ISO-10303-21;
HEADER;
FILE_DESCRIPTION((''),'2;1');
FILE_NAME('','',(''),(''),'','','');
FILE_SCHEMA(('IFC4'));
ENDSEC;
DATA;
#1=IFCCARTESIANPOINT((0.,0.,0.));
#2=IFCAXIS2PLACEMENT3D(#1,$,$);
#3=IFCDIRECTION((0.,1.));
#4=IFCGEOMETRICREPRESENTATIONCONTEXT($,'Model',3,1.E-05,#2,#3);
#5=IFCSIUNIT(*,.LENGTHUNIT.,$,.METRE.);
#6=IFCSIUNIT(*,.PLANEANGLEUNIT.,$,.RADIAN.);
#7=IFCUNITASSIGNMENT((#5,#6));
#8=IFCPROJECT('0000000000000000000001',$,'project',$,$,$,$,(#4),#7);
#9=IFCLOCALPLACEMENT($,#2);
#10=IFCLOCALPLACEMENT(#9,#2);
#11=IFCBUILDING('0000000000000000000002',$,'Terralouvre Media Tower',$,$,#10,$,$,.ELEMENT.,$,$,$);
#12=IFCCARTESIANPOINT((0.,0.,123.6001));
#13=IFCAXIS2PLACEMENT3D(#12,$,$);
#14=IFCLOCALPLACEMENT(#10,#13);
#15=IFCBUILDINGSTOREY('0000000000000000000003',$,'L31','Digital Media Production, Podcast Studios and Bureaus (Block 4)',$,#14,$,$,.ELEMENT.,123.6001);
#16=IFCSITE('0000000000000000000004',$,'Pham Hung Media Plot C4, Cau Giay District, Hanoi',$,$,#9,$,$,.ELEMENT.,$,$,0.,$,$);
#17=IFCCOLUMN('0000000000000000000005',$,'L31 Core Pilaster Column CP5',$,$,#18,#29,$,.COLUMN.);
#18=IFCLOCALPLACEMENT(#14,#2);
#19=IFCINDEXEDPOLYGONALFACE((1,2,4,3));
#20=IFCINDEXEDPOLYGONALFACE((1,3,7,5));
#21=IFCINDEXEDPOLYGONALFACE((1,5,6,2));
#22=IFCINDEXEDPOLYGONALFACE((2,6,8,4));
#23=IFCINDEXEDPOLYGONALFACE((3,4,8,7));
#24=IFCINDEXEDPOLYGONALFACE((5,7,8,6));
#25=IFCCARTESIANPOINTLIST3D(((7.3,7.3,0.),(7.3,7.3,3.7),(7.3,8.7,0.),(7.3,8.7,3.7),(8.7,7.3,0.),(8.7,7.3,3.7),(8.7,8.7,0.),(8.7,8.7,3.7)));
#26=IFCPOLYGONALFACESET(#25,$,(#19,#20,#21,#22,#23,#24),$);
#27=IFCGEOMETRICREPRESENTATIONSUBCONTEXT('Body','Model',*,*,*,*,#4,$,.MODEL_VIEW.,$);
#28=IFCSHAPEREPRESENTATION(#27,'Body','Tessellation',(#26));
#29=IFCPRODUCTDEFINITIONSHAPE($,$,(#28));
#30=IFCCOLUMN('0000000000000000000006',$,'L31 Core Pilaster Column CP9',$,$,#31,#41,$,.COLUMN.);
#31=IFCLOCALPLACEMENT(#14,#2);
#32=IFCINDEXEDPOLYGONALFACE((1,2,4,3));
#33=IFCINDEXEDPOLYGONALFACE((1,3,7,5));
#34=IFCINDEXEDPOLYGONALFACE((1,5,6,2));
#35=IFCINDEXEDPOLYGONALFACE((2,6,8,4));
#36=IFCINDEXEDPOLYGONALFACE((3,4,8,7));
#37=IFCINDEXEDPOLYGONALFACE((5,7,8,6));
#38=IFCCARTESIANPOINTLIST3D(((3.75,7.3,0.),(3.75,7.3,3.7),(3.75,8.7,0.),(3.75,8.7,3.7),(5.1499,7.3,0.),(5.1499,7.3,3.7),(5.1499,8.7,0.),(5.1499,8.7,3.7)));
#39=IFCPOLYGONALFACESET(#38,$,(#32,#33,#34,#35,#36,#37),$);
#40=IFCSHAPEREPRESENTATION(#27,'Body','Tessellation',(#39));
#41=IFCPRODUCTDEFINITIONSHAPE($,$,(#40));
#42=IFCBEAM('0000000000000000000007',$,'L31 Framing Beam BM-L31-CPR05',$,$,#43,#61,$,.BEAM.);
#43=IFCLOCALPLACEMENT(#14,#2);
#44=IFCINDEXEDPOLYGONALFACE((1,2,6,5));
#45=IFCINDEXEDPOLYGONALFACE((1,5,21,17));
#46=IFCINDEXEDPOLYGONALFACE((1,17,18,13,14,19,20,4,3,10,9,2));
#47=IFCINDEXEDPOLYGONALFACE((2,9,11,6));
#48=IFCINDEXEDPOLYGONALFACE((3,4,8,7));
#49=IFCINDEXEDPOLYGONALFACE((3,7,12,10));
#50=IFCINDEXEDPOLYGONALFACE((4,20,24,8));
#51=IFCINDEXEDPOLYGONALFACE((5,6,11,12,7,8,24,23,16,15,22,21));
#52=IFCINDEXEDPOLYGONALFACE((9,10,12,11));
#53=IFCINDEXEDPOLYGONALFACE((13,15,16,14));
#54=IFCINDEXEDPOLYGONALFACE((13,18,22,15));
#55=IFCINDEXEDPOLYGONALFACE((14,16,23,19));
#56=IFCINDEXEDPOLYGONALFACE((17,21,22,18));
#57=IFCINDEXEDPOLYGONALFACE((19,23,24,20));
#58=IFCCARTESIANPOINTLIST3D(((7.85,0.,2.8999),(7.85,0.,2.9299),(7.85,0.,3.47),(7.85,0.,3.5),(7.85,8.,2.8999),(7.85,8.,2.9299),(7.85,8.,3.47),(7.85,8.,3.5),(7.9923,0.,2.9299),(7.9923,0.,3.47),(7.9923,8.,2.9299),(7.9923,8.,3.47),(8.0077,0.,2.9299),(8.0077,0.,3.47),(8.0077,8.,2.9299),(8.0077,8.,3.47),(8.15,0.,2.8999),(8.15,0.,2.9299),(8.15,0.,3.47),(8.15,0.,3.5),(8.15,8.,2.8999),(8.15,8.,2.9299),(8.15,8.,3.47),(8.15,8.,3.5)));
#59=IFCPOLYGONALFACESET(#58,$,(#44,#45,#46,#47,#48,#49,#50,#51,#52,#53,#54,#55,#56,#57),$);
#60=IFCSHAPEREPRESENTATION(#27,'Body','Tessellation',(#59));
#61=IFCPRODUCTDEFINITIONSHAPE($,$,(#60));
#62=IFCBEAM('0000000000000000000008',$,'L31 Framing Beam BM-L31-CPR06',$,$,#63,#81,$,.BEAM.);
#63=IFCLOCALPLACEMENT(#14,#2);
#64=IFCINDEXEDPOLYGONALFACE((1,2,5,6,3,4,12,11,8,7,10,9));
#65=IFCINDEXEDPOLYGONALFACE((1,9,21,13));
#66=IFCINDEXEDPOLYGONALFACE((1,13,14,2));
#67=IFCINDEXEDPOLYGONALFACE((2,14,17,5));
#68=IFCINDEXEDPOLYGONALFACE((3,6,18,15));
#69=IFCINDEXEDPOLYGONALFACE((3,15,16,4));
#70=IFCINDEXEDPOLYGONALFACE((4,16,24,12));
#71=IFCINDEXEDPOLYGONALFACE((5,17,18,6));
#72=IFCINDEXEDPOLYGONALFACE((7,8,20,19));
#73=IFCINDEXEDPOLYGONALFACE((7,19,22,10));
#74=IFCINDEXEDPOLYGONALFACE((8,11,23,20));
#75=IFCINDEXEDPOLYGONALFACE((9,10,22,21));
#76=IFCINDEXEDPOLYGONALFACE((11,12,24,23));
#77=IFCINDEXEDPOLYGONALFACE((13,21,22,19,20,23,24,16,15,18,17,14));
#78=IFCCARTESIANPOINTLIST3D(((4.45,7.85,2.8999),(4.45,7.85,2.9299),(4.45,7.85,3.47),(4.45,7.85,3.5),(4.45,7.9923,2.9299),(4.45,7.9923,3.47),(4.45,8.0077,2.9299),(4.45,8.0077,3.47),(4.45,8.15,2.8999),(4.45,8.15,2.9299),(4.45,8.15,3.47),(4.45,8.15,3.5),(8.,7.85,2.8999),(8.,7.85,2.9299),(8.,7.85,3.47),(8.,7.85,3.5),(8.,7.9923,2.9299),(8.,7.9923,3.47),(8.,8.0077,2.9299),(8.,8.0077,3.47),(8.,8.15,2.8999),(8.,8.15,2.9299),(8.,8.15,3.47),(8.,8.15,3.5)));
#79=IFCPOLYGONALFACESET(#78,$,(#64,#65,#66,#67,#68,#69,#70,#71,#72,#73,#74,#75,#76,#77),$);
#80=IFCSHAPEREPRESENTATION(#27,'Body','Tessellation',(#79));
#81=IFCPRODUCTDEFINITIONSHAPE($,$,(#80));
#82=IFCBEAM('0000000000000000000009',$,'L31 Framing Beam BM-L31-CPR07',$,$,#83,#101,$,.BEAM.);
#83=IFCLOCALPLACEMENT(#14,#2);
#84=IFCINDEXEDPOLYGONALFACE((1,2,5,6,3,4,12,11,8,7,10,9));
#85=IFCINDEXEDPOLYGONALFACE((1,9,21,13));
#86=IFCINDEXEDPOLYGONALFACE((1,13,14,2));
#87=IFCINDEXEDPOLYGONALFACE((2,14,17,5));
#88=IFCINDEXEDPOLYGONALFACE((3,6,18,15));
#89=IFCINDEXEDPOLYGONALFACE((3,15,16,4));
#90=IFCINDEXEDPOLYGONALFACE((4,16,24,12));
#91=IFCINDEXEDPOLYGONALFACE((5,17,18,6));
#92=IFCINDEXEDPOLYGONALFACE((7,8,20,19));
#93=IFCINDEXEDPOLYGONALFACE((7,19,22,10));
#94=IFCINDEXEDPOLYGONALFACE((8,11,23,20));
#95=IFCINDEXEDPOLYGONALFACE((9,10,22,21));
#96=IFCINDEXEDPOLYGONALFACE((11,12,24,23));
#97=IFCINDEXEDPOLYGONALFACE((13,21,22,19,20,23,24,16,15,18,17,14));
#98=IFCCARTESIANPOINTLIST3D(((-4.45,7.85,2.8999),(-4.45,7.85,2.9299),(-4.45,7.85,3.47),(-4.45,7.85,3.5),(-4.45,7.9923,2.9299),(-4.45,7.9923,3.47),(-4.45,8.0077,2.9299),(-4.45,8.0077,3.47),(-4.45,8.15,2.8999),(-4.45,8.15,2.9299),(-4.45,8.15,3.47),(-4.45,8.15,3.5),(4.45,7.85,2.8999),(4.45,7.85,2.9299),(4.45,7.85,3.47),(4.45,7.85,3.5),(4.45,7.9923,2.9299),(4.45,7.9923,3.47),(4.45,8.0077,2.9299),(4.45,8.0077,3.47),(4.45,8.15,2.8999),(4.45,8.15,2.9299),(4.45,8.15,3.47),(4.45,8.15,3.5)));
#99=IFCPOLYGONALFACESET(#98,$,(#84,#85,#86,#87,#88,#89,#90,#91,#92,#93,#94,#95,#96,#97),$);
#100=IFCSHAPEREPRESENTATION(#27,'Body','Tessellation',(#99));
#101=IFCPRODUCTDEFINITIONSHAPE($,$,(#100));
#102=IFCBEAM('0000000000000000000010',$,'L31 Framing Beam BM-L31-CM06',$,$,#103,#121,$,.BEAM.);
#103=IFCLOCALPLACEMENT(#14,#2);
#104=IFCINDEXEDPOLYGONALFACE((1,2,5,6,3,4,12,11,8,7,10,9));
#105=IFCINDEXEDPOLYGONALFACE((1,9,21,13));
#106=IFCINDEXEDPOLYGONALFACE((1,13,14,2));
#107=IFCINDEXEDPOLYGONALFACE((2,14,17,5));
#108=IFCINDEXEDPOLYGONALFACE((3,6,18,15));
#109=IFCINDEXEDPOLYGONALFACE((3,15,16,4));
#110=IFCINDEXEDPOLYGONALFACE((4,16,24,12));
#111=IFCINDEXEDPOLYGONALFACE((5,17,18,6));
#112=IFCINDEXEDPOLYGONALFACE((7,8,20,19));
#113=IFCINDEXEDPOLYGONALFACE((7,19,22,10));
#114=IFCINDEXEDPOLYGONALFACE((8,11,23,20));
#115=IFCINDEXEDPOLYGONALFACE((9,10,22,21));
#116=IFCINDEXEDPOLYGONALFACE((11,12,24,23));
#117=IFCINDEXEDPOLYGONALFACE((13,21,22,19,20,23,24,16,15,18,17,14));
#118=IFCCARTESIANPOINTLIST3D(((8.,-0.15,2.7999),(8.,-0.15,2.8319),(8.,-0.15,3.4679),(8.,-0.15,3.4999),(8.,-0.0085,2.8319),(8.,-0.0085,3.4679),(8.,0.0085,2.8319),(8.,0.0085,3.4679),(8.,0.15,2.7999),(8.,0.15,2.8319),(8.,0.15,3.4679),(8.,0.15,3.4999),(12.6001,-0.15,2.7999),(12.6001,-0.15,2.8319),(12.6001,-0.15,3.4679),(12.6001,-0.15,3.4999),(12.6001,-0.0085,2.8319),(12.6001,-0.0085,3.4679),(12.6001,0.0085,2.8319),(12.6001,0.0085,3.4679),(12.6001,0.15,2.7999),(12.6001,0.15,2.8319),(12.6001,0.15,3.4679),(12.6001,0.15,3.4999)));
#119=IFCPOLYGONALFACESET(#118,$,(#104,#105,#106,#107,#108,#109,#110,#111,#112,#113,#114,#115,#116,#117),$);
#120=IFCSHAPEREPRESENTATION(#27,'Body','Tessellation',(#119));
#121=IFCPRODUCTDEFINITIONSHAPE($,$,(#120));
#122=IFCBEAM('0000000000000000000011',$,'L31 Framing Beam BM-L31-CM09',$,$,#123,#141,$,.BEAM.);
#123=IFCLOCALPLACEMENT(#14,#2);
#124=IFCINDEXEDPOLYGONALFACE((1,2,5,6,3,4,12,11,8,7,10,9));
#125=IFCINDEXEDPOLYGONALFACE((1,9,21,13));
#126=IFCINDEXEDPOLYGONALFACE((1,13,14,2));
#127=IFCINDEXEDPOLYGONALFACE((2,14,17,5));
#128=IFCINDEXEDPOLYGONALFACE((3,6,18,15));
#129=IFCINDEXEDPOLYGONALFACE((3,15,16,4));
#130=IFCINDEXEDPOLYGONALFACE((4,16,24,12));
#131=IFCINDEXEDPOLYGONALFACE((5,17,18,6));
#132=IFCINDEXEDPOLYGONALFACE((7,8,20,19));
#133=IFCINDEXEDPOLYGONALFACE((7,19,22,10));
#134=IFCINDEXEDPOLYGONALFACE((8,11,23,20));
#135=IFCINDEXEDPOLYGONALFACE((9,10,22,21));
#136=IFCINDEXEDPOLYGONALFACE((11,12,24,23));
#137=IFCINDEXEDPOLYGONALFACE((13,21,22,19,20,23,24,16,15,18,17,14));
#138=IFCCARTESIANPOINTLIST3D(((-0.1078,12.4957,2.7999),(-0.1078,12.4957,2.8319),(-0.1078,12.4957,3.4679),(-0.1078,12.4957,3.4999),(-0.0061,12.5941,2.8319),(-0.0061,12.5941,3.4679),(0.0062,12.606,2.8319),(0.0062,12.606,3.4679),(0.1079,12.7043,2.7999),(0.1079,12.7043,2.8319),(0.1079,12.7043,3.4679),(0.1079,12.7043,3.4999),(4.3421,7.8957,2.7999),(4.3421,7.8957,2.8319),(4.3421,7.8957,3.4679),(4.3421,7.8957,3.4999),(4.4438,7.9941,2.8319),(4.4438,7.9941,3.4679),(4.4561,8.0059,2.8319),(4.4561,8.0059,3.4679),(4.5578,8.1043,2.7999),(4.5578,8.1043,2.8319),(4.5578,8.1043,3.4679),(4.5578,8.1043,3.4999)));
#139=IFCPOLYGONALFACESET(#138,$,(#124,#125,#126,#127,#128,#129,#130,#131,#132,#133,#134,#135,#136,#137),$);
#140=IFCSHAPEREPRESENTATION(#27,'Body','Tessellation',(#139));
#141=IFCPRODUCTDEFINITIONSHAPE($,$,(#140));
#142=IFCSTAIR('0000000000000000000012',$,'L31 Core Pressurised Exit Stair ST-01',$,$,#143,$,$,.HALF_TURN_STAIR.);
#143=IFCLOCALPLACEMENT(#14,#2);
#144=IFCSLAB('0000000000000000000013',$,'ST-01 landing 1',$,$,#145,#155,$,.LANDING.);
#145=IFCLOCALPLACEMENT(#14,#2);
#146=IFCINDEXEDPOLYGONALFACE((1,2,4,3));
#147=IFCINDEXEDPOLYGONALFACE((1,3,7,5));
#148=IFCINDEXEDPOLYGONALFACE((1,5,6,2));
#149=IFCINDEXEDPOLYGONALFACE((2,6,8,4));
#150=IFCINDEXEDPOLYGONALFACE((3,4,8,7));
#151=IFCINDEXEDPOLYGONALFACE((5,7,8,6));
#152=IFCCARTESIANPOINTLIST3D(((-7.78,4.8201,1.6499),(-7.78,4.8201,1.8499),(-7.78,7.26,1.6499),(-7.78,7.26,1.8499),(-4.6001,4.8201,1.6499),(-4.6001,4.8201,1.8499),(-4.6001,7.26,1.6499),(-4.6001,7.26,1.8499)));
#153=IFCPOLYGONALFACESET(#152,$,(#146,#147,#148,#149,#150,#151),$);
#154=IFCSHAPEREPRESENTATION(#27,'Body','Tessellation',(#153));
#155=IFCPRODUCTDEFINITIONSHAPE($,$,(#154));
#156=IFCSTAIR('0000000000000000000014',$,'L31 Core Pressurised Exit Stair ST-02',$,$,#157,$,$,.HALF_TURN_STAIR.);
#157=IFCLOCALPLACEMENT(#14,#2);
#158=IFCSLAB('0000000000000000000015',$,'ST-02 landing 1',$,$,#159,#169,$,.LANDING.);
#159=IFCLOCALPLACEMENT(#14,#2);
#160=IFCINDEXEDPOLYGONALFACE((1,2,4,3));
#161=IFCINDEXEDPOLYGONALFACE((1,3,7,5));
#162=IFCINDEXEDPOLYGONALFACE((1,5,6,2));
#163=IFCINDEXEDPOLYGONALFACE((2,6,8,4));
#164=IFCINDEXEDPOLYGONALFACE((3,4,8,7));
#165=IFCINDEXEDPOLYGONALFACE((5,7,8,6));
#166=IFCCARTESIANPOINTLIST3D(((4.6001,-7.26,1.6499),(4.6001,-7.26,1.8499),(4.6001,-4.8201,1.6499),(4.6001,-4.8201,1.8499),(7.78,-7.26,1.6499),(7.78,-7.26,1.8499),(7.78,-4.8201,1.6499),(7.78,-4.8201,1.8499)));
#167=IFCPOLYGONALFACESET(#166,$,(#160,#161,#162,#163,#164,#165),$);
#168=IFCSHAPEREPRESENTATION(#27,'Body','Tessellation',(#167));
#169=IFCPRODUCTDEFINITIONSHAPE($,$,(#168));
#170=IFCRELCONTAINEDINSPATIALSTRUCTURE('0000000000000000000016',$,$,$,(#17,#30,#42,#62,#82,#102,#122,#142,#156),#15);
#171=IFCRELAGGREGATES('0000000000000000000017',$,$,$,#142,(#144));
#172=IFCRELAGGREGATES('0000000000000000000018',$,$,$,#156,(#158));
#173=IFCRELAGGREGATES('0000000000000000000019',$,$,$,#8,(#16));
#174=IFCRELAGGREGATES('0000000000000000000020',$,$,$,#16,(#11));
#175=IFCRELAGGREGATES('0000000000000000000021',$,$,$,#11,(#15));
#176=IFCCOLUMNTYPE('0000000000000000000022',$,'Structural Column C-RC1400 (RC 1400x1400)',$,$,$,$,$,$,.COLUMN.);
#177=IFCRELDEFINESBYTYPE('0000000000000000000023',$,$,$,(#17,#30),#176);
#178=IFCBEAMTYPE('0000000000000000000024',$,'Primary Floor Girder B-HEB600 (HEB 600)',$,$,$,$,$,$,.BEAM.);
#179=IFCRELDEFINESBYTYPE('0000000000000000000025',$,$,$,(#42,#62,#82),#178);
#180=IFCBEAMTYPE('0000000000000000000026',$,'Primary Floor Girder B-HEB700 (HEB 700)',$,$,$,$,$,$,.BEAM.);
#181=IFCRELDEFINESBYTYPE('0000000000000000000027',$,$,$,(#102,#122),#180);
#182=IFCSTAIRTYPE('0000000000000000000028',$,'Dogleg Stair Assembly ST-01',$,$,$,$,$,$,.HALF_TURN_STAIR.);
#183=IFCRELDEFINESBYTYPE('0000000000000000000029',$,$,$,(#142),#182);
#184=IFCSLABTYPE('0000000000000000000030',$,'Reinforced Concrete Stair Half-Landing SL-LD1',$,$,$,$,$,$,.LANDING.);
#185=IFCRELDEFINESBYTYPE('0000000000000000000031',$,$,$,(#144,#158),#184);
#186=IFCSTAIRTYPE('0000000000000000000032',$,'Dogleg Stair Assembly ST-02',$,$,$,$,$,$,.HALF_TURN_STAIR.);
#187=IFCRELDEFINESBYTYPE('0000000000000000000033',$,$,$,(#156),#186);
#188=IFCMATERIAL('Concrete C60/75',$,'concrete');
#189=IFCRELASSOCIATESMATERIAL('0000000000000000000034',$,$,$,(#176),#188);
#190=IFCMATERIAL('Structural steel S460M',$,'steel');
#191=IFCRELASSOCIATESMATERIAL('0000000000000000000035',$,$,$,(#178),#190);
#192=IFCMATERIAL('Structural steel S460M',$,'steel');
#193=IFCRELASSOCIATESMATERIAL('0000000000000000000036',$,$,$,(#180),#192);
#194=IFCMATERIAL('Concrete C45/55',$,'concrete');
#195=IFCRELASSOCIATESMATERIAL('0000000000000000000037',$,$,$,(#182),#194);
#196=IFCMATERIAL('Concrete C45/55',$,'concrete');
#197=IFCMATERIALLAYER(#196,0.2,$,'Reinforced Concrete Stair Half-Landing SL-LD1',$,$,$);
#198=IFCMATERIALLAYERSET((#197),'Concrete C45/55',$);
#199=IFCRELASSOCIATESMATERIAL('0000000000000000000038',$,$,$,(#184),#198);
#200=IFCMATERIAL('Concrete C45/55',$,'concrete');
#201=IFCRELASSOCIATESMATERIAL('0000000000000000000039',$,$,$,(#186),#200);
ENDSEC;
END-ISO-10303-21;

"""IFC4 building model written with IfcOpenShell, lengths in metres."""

from ifc_helpers import new_model, si_unit, direction, frame, origin, origin_2d, place, context, subcontext, project, spatial, polyline, rectangle, i_section, outline, extrude, material, layer, layer_set, material_profile, profile_set, type_object, element, aggregate, save


model = new_model("IFC4")

# Units and contexts
model_context = context("Model", 3, precision=1e-05, world=origin(), true_north=direction((0.0, 1.0)))
body_context = subcontext(model_context, "Body", "Model", "MODEL_VIEW")
ifc_project = project(units=[si_unit("LENGTHUNIT", "METRE"), si_unit("PLANEANGLEUNIT", "RADIAN")], contexts=[model_context])

# Site, building, storey
site_placement = place(None, origin())
site = spatial("IfcSite", under=ifc_project, at=site_placement, Name="Pham Hung Media Plot C4, Cau Giay District, Hanoi", CompositionType="ELEMENT", RefElevation=0.0)
building_placement = place(site_placement, origin())
building = spatial("IfcBuilding", under=site, at=building_placement, Name="Terralouvre Media Tower", CompositionType="ELEMENT")
storey_placement = place(building_placement, frame((0.0, 0.0, 123.6001)))
storey = spatial("IfcBuildingStorey", under=building, at=storey_placement, Name="L31", Description="Digital Media Production, Podcast Studios and Bureaus (Block 4)", CompositionType="ELEMENT", Elevation=123.6001)

# Columns
ifc_material_1 = material(Name="Concrete C60/75", Category="concrete")
ifc_material_profile_1 = material_profile(ifc_material_1, rectangle(XDim=1.3999, YDim=1.3999, at=origin_2d()), Name="RC 1400x1400")
ifc_profile_set_1 = profile_set([ifc_material_profile_1], Name="Concrete C60/75")
column_type = type_object("IfcColumnType", Name="Structural Column C-RC1400 (RC 1400x1400)", PredefinedType="COLUMN", material=ifc_profile_set_1)
for number, where, z_axis, x_axis, name in (
    (1, (8.0, 8.0, 0.0), (0.0, 0.0, 1.0), (1.0, 0.0, 0.0), "L31 Core Pilaster Column CP5"),
    (2, (4.45, 8.0, 0.0), (0.0, 0.0, 1.0), (1.0, 0.0, 0.0), "L31 Core Pilaster Column CP9"),
):
    element("IfcColumn", number, at=place(storey_placement, frame(where, z_axis=z_axis, x_axis=x_axis)), inside=storey, type_object=column_type, Name=name, PredefinedType="COLUMN", context=body_context, shape_type="SweptSolid", body=[
        extrude(rectangle(XDim=1.3999, YDim=1.3999, at=origin_2d()), origin(), (0.0, 0.0, 1.0), 3.7),
    ])

# Beams
ifc_material_2 = material(Name="Structural steel S460M", Category="steel")
ifc_material_profile_2 = material_profile(ifc_material_2, i_section(OverallWidth=0.3, OverallDepth=0.6001, WebThickness=0.0154, FlangeThickness=0.03, at=origin_2d()), Name="HEB 600")
ifc_profile_set_2 = profile_set([ifc_material_profile_2], Name="Structural steel S460M")
beam_type_1 = type_object("IfcBeamType", Name="Primary Floor Girder B-HEB600 (HEB 600)", PredefinedType="BEAM", material=ifc_profile_set_2)
beam_1_placement = place(storey_placement, frame((8.0, 0.0, 3.2), z_axis=(0.0, 1.0, 0.0), x_axis=(-1.0, 0.0, 0.0)))
element("IfcBeam", 3, at=beam_1_placement, inside=storey, type_object=beam_type_1, Name="L31 Framing Beam BM-L31-CPR05", PredefinedType="BEAM", context=body_context, shape_type="SweptSolid", body=[
    extrude(i_section(OverallWidth=0.3, OverallDepth=0.6001, WebThickness=0.0154, FlangeThickness=0.03, at=origin_2d()), origin(), (0.0, 0.0, 1.0), 8.0),
])
beam_2_placement = place(storey_placement, frame((8.0, 8.0, 3.2), z_axis=(-1.0, 0.0, 0.0), x_axis=(0.0, -1.0, 0.0)))
element("IfcBeam", 4, at=beam_2_placement, inside=storey, type_object=beam_type_1, Name="L31 Framing Beam BM-L31-CPR06", PredefinedType="BEAM", context=body_context, shape_type="SweptSolid", body=[
    extrude(i_section(OverallWidth=0.3, OverallDepth=0.6001, WebThickness=0.0154, FlangeThickness=0.03, at=origin_2d()), origin(), (0.0, 0.0, 1.0), 3.55),
])
beam_3_placement = place(storey_placement, frame((4.45, 8.0, 3.2), z_axis=(-1.0, 0.0, 0.0), x_axis=(0.0, -1.0, 0.0)))
element("IfcBeam", 5, at=beam_3_placement, inside=storey, type_object=beam_type_1, Name="L31 Framing Beam BM-L31-CPR07", PredefinedType="BEAM", context=body_context, shape_type="SweptSolid", body=[
    extrude(i_section(OverallWidth=0.3, OverallDepth=0.6001, WebThickness=0.0154, FlangeThickness=0.03, at=origin_2d()), origin(), (0.0, 0.0, 1.0), 8.8999),
])
ifc_material_3 = material(Name="Structural steel S460M", Category="steel")
ifc_material_profile_3 = material_profile(ifc_material_3, i_section(OverallWidth=0.3, OverallDepth=0.7, WebThickness=0.0171, FlangeThickness=0.032, at=origin_2d()), Name="HEB 700")
ifc_profile_set_3 = profile_set([ifc_material_profile_3], Name="Structural steel S460M")
beam_type_2 = type_object("IfcBeamType", Name="Primary Floor Girder B-HEB700 (HEB 700)", PredefinedType="BEAM", material=ifc_profile_set_3)
beam_4_placement = place(storey_placement, frame((8.0, 0.0, 3.1499), z_axis=(1.0, 0.0, 0.0), x_axis=(0.0, 1.0, 0.0)))
element("IfcBeam", 6, at=beam_4_placement, inside=storey, type_object=beam_type_2, Name="L31 Framing Beam BM-L31-CM06", PredefinedType="BEAM", context=body_context, shape_type="SweptSolid", body=[
    extrude(i_section(OverallWidth=0.3, OverallDepth=0.7, WebThickness=0.0171, FlangeThickness=0.032, at=origin_2d()), origin(), (0.0, 0.0, 1.0), 4.6001),
])
beam_5_placement = place(storey_placement, frame((4.45, 8.0, 3.1499), z_axis=(-0.69528, 0.718739, 0.0), x_axis=(-0.718739, -0.69528, 0.0)))
element("IfcBeam", 7, at=beam_5_placement, inside=storey, type_object=beam_type_2, Name="L31 Framing Beam BM-L31-CM09", PredefinedType="BEAM", context=body_context, shape_type="SweptSolid", body=[
    extrude(i_section(OverallWidth=0.3, OverallDepth=0.7, WebThickness=0.0171, FlangeThickness=0.032, at=origin_2d()), origin(), (0.0, 0.0, 1.0), 6.4001),
])

# Stairs, slabs
ifc_material_4 = material(Name="Concrete C45/55", Category="concrete")
stair_type_1 = type_object("IfcStairType", Name="Dogleg Stair Assembly ST-01", PredefinedType="HALF_TURN_STAIR", material=ifc_material_4)
stair_1_placement = place(storey_placement, origin())
stair_1 = element("IfcStair", 8, at=stair_1_placement, inside=storey, type_object=stair_type_1, Name="L31 Core Pressurised Exit Stair ST-01", PredefinedType="HALF_TURN_STAIR")
ifc_material_5 = material(Name="Concrete C45/55", Category="concrete")
ifc_layer_1 = layer(ifc_material_5, 0.2, Name="Reinforced Concrete Stair Half-Landing SL-LD1")
ifc_layer_set_1 = layer_set([ifc_layer_1], Name="Concrete C45/55")
slab_type = type_object("IfcSlabType", Name="Reinforced Concrete Stair Half-Landing SL-LD1", PredefinedType="LANDING", material=ifc_layer_set_1)
slab_1_placement = place(storey_placement, frame((0.0, 0.0, 1.6499)))
slab_1 = element("IfcSlab", 9, at=slab_1_placement, type_object=slab_type, Name="ST-01 landing 1", PredefinedType="LANDING", context=body_context, shape_type="SweptSolid", body=[
    extrude(outline(polyline([(-4.6001, 4.8201), (-4.6001, 7.26), (-7.78, 7.26), (-7.78, 4.8201), (-4.6001, 4.8201)])), origin(), (0.0, 0.0, 1.0), 0.2),
])
aggregate(stair_1, [slab_1])
ifc_material_6 = material(Name="Concrete C45/55", Category="concrete")
stair_type_2 = type_object("IfcStairType", Name="Dogleg Stair Assembly ST-02", PredefinedType="HALF_TURN_STAIR", material=ifc_material_6)
stair_2_placement = place(storey_placement, origin())
stair_2 = element("IfcStair", 10, at=stair_2_placement, inside=storey, type_object=stair_type_2, Name="L31 Core Pressurised Exit Stair ST-02", PredefinedType="HALF_TURN_STAIR")
slab_2_placement = place(storey_placement, frame((0.0, 0.0, 1.6499)))
slab_2 = element("IfcSlab", 11, at=slab_2_placement, type_object=slab_type, Name="ST-02 landing 1", PredefinedType="LANDING", context=body_context, shape_type="SweptSolid", body=[
    extrude(outline(polyline([(4.6001, -4.8201), (4.6001, -7.26), (7.78, -7.26), (7.78, -4.8201), (4.6001, -4.8201)])), origin(), (0.0, 0.0, 1.0), 0.2),
])
aggregate(stair_2, [slab_2])

save(model, "model.ifc")
